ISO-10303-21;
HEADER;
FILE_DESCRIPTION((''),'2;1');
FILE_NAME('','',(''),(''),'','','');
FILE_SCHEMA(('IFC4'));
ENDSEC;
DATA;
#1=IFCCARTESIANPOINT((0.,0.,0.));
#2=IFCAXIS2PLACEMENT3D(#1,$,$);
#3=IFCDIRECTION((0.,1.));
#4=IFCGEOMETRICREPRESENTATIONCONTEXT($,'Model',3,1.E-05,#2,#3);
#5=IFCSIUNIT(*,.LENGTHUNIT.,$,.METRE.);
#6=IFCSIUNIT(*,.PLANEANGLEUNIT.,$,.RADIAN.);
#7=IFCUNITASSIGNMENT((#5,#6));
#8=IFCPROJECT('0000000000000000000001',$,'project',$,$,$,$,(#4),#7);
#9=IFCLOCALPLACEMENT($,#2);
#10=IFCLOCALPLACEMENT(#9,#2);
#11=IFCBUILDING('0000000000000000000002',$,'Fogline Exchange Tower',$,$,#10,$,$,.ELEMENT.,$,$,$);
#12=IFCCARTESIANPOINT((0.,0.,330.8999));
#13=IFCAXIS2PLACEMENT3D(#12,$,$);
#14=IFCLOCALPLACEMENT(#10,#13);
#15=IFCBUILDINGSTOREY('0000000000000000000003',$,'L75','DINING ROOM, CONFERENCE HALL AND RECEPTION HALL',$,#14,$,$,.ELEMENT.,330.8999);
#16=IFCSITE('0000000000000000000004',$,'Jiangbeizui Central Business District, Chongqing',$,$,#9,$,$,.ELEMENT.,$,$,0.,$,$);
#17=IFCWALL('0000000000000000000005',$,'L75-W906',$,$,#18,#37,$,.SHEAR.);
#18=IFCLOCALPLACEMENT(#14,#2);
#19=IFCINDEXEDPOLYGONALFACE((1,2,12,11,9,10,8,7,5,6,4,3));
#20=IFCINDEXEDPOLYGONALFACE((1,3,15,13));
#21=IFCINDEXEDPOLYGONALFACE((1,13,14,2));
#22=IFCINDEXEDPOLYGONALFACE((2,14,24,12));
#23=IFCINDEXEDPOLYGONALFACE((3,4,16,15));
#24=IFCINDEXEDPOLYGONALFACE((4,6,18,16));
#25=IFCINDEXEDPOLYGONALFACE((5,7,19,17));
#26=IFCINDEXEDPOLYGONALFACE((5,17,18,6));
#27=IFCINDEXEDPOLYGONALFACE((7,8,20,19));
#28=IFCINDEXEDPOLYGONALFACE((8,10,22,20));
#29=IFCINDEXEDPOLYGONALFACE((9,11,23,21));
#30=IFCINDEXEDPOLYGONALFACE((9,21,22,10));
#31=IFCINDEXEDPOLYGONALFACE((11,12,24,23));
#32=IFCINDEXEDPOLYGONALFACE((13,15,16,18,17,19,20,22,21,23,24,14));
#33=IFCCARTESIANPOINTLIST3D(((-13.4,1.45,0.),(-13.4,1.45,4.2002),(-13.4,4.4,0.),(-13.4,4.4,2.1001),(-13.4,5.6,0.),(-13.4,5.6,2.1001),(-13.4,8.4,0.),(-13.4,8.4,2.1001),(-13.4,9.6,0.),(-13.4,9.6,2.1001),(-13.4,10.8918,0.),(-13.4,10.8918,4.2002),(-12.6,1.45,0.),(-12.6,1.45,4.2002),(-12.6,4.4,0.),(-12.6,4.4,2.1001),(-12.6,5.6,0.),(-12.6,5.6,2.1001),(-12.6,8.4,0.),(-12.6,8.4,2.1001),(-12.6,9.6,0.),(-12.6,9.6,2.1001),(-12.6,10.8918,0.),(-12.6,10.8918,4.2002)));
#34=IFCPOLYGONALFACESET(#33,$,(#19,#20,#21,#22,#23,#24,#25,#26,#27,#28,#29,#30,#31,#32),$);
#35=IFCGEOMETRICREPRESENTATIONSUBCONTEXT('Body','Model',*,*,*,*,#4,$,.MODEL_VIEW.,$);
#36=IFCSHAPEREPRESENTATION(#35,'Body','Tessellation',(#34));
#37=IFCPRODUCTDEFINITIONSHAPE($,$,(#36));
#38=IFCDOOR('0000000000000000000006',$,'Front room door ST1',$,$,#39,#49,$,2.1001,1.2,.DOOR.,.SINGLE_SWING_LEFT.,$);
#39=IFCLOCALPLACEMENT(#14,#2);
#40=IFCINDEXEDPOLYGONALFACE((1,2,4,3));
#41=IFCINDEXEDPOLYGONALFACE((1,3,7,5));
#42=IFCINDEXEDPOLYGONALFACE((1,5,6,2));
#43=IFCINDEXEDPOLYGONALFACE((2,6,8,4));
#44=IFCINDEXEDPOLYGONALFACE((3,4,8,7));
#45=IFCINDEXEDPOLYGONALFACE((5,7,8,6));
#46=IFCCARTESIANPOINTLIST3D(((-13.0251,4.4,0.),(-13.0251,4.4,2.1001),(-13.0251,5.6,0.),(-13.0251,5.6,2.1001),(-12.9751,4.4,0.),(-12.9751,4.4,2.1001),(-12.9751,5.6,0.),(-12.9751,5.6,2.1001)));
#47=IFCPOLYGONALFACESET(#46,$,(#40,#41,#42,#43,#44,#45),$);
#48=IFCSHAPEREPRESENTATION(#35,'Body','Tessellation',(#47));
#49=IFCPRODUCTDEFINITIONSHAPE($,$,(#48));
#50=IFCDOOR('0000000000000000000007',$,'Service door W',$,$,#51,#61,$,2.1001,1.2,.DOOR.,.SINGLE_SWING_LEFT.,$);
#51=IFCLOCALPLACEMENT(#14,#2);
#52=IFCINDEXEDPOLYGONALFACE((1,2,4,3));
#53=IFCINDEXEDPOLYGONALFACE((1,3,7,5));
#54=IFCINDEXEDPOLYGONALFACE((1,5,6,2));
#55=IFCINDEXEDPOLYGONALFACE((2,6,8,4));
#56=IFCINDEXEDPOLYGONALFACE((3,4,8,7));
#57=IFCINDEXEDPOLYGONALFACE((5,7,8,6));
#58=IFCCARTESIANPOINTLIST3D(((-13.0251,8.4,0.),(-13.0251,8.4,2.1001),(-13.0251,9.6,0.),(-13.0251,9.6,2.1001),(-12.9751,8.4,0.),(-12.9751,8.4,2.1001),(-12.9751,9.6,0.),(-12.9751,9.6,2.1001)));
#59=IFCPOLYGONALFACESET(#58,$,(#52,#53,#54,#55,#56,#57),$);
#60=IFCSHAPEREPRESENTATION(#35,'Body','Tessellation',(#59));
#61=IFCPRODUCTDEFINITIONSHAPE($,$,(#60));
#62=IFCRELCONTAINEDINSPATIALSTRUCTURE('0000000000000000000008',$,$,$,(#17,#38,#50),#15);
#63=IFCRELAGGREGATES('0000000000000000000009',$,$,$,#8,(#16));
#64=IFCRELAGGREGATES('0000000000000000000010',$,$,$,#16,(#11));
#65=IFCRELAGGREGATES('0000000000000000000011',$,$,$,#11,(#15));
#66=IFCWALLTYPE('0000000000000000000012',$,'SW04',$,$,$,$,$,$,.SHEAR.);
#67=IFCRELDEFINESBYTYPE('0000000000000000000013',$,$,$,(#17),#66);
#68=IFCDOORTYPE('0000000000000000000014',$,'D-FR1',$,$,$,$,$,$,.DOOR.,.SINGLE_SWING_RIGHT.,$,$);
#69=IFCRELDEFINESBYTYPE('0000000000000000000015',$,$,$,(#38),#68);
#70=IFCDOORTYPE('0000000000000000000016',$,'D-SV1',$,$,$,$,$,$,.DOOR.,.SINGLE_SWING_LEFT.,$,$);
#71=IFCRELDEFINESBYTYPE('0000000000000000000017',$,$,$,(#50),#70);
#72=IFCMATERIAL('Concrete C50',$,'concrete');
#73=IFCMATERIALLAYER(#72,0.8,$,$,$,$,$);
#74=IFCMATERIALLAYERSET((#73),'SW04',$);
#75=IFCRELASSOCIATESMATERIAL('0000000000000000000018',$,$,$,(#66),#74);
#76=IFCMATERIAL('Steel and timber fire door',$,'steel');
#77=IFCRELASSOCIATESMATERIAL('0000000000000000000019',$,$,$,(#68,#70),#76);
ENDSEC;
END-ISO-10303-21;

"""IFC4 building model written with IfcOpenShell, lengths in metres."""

from ifc_helpers import new_model, si_unit, direction, frame, frame_2d, origin, place, context, subcontext, project, spatial, rectangle, extrude, material, layer, layer_set, type_object, element, fill, save


model = new_model("IFC4")

# Units and contexts
model_context = context("Model", 3, precision=1e-05, world=origin(), true_north=direction((0.0, 1.0)))
body_context = subcontext(model_context, "Body", "Model", "MODEL_VIEW")
ifc_project = project(units=[si_unit("LENGTHUNIT", "METRE"), si_unit("PLANEANGLEUNIT", "RADIAN")], contexts=[model_context])

# Site, building, storey
site_placement = place(None, origin())
site = spatial("IfcSite", under=ifc_project, at=site_placement, Name="Jiangbeizui Central Business District, Chongqing", CompositionType="ELEMENT", RefElevation=0.0)
building_placement = place(site_placement, origin())
building = spatial("IfcBuilding", under=site, at=building_placement, Name="Fogline Exchange Tower", CompositionType="ELEMENT")
storey_placement = place(building_placement, frame((0.0, 0.0, 330.8999)))
storey = spatial("IfcBuildingStorey", under=building, at=storey_placement, Name="L75", Description="DINING ROOM, CONFERENCE HALL AND RECEPTION HALL", CompositionType="ELEMENT", Elevation=330.8999)

# Shared definitions
ifc_material_1 = material(Name="Steel and timber fire door", Category="steel")

# Shared definitions
ifc_material_2 = material(Name="Concrete C50", Category="concrete")
ifc_layer_1 = layer(ifc_material_2, 0.8)
ifc_layer_set_1 = layer_set([ifc_layer_1], Name="SW04")
wall_type_1 = type_object("IfcWallType", Name="SW04", PredefinedType="SHEAR", material=ifc_layer_set_1)

# Wall, openings, doors
wall_1_placement = place(storey_placement, frame((-13.0, 10.8918, 0.0), z_axis=(0.0, 0.0, 1.0), x_axis=(0.0, -1.0, 0.0)))
wall_1 = element("IfcWall", 1, at=wall_1_placement, inside=storey, type_object=wall_type_1, Name="L75-W906", PredefinedType="SHEAR", context=body_context, shape_type="SweptSolid", body=[
    extrude(rectangle(XDim=9.4419, YDim=0.8, at=frame_2d((4.7209, 0.0))), origin(), (0.0, 0.0, 1.0), 4.2002),
])
opening_1_placement = place(wall_1_placement, frame((5.2917, 0.0, 0.0)))
opening_1 = element("IfcOpeningElement", 2, at=opening_1_placement, cuts=wall_1, PredefinedType="OPENING", context=body_context, shape_type="SweptSolid", body=[
    extrude(rectangle(XDim=1.2, YDim=2.1001, at=frame_2d((0.6001, 1.05))), frame((0.0, 0.4102, 0.0), z_axis=(0.0, -1.0, 0.0), x_axis=(1.0, 0.0, 0.0)), (0.0, 0.0, 1.0), 0.8201),
])
opening_2_placement = place(wall_1_placement, frame((1.2917, 0.0, 0.0)))
opening_2 = element("IfcOpeningElement", 3, at=opening_2_placement, cuts=wall_1, PredefinedType="OPENING", context=body_context, shape_type="SweptSolid", body=[
    extrude(rectangle(XDim=1.2, YDim=2.1001, at=frame_2d((0.6001, 1.05))), frame((0.0, 0.4102, 0.0), z_axis=(0.0, -1.0, 0.0), x_axis=(1.0, 0.0, 0.0)), (0.0, 0.0, 1.0), 0.8201),
])
door_type_1 = type_object("IfcDoorType", Name="D-FR1", OperationType="SINGLE_SWING_RIGHT", PredefinedType="DOOR", material=ifc_material_1)
door_1_placement = place(opening_1_placement, origin())
door_1 = element("IfcDoor", 4, at=door_1_placement, inside=storey, type_object=door_type_1, Name="Front room door ST1", OperationType="SINGLE_SWING_LEFT", OverallHeight=2.1001, OverallWidth=1.2, PredefinedType="DOOR", context=body_context, shape_type="SweptSolid", body=[
    extrude(rectangle(XDim=1.2, YDim=2.1001, at=frame_2d((0.6001, 1.05))), frame((0.0, 0.0249, 0.0), z_axis=(0.0, -1.0, 0.0), x_axis=(1.0, 0.0, 0.0)), (0.0, 0.0, 1.0), 0.05),
])
fill(opening_1, door_1)
door_type_2 = type_object("IfcDoorType", Name="D-SV1", OperationType="SINGLE_SWING_LEFT", PredefinedType="DOOR", material=ifc_material_1)
door_2_placement = place(opening_2_placement, origin())
door_2 = element("IfcDoor", 5, at=door_2_placement, inside=storey, type_object=door_type_2, Name="Service door W", OperationType="SINGLE_SWING_LEFT", OverallHeight=2.1001, OverallWidth=1.2, PredefinedType="DOOR", context=body_context, shape_type="SweptSolid", body=[
    extrude(rectangle(XDim=1.2, YDim=2.1001, at=frame_2d((0.6001, 1.05))), frame((0.0, 0.0249, 0.0), z_axis=(0.0, -1.0, 0.0), x_axis=(1.0, 0.0, 0.0)), (0.0, 0.0, 1.0), 0.05),
])
fill(opening_2, door_2)

save(model, "model.ifc")
